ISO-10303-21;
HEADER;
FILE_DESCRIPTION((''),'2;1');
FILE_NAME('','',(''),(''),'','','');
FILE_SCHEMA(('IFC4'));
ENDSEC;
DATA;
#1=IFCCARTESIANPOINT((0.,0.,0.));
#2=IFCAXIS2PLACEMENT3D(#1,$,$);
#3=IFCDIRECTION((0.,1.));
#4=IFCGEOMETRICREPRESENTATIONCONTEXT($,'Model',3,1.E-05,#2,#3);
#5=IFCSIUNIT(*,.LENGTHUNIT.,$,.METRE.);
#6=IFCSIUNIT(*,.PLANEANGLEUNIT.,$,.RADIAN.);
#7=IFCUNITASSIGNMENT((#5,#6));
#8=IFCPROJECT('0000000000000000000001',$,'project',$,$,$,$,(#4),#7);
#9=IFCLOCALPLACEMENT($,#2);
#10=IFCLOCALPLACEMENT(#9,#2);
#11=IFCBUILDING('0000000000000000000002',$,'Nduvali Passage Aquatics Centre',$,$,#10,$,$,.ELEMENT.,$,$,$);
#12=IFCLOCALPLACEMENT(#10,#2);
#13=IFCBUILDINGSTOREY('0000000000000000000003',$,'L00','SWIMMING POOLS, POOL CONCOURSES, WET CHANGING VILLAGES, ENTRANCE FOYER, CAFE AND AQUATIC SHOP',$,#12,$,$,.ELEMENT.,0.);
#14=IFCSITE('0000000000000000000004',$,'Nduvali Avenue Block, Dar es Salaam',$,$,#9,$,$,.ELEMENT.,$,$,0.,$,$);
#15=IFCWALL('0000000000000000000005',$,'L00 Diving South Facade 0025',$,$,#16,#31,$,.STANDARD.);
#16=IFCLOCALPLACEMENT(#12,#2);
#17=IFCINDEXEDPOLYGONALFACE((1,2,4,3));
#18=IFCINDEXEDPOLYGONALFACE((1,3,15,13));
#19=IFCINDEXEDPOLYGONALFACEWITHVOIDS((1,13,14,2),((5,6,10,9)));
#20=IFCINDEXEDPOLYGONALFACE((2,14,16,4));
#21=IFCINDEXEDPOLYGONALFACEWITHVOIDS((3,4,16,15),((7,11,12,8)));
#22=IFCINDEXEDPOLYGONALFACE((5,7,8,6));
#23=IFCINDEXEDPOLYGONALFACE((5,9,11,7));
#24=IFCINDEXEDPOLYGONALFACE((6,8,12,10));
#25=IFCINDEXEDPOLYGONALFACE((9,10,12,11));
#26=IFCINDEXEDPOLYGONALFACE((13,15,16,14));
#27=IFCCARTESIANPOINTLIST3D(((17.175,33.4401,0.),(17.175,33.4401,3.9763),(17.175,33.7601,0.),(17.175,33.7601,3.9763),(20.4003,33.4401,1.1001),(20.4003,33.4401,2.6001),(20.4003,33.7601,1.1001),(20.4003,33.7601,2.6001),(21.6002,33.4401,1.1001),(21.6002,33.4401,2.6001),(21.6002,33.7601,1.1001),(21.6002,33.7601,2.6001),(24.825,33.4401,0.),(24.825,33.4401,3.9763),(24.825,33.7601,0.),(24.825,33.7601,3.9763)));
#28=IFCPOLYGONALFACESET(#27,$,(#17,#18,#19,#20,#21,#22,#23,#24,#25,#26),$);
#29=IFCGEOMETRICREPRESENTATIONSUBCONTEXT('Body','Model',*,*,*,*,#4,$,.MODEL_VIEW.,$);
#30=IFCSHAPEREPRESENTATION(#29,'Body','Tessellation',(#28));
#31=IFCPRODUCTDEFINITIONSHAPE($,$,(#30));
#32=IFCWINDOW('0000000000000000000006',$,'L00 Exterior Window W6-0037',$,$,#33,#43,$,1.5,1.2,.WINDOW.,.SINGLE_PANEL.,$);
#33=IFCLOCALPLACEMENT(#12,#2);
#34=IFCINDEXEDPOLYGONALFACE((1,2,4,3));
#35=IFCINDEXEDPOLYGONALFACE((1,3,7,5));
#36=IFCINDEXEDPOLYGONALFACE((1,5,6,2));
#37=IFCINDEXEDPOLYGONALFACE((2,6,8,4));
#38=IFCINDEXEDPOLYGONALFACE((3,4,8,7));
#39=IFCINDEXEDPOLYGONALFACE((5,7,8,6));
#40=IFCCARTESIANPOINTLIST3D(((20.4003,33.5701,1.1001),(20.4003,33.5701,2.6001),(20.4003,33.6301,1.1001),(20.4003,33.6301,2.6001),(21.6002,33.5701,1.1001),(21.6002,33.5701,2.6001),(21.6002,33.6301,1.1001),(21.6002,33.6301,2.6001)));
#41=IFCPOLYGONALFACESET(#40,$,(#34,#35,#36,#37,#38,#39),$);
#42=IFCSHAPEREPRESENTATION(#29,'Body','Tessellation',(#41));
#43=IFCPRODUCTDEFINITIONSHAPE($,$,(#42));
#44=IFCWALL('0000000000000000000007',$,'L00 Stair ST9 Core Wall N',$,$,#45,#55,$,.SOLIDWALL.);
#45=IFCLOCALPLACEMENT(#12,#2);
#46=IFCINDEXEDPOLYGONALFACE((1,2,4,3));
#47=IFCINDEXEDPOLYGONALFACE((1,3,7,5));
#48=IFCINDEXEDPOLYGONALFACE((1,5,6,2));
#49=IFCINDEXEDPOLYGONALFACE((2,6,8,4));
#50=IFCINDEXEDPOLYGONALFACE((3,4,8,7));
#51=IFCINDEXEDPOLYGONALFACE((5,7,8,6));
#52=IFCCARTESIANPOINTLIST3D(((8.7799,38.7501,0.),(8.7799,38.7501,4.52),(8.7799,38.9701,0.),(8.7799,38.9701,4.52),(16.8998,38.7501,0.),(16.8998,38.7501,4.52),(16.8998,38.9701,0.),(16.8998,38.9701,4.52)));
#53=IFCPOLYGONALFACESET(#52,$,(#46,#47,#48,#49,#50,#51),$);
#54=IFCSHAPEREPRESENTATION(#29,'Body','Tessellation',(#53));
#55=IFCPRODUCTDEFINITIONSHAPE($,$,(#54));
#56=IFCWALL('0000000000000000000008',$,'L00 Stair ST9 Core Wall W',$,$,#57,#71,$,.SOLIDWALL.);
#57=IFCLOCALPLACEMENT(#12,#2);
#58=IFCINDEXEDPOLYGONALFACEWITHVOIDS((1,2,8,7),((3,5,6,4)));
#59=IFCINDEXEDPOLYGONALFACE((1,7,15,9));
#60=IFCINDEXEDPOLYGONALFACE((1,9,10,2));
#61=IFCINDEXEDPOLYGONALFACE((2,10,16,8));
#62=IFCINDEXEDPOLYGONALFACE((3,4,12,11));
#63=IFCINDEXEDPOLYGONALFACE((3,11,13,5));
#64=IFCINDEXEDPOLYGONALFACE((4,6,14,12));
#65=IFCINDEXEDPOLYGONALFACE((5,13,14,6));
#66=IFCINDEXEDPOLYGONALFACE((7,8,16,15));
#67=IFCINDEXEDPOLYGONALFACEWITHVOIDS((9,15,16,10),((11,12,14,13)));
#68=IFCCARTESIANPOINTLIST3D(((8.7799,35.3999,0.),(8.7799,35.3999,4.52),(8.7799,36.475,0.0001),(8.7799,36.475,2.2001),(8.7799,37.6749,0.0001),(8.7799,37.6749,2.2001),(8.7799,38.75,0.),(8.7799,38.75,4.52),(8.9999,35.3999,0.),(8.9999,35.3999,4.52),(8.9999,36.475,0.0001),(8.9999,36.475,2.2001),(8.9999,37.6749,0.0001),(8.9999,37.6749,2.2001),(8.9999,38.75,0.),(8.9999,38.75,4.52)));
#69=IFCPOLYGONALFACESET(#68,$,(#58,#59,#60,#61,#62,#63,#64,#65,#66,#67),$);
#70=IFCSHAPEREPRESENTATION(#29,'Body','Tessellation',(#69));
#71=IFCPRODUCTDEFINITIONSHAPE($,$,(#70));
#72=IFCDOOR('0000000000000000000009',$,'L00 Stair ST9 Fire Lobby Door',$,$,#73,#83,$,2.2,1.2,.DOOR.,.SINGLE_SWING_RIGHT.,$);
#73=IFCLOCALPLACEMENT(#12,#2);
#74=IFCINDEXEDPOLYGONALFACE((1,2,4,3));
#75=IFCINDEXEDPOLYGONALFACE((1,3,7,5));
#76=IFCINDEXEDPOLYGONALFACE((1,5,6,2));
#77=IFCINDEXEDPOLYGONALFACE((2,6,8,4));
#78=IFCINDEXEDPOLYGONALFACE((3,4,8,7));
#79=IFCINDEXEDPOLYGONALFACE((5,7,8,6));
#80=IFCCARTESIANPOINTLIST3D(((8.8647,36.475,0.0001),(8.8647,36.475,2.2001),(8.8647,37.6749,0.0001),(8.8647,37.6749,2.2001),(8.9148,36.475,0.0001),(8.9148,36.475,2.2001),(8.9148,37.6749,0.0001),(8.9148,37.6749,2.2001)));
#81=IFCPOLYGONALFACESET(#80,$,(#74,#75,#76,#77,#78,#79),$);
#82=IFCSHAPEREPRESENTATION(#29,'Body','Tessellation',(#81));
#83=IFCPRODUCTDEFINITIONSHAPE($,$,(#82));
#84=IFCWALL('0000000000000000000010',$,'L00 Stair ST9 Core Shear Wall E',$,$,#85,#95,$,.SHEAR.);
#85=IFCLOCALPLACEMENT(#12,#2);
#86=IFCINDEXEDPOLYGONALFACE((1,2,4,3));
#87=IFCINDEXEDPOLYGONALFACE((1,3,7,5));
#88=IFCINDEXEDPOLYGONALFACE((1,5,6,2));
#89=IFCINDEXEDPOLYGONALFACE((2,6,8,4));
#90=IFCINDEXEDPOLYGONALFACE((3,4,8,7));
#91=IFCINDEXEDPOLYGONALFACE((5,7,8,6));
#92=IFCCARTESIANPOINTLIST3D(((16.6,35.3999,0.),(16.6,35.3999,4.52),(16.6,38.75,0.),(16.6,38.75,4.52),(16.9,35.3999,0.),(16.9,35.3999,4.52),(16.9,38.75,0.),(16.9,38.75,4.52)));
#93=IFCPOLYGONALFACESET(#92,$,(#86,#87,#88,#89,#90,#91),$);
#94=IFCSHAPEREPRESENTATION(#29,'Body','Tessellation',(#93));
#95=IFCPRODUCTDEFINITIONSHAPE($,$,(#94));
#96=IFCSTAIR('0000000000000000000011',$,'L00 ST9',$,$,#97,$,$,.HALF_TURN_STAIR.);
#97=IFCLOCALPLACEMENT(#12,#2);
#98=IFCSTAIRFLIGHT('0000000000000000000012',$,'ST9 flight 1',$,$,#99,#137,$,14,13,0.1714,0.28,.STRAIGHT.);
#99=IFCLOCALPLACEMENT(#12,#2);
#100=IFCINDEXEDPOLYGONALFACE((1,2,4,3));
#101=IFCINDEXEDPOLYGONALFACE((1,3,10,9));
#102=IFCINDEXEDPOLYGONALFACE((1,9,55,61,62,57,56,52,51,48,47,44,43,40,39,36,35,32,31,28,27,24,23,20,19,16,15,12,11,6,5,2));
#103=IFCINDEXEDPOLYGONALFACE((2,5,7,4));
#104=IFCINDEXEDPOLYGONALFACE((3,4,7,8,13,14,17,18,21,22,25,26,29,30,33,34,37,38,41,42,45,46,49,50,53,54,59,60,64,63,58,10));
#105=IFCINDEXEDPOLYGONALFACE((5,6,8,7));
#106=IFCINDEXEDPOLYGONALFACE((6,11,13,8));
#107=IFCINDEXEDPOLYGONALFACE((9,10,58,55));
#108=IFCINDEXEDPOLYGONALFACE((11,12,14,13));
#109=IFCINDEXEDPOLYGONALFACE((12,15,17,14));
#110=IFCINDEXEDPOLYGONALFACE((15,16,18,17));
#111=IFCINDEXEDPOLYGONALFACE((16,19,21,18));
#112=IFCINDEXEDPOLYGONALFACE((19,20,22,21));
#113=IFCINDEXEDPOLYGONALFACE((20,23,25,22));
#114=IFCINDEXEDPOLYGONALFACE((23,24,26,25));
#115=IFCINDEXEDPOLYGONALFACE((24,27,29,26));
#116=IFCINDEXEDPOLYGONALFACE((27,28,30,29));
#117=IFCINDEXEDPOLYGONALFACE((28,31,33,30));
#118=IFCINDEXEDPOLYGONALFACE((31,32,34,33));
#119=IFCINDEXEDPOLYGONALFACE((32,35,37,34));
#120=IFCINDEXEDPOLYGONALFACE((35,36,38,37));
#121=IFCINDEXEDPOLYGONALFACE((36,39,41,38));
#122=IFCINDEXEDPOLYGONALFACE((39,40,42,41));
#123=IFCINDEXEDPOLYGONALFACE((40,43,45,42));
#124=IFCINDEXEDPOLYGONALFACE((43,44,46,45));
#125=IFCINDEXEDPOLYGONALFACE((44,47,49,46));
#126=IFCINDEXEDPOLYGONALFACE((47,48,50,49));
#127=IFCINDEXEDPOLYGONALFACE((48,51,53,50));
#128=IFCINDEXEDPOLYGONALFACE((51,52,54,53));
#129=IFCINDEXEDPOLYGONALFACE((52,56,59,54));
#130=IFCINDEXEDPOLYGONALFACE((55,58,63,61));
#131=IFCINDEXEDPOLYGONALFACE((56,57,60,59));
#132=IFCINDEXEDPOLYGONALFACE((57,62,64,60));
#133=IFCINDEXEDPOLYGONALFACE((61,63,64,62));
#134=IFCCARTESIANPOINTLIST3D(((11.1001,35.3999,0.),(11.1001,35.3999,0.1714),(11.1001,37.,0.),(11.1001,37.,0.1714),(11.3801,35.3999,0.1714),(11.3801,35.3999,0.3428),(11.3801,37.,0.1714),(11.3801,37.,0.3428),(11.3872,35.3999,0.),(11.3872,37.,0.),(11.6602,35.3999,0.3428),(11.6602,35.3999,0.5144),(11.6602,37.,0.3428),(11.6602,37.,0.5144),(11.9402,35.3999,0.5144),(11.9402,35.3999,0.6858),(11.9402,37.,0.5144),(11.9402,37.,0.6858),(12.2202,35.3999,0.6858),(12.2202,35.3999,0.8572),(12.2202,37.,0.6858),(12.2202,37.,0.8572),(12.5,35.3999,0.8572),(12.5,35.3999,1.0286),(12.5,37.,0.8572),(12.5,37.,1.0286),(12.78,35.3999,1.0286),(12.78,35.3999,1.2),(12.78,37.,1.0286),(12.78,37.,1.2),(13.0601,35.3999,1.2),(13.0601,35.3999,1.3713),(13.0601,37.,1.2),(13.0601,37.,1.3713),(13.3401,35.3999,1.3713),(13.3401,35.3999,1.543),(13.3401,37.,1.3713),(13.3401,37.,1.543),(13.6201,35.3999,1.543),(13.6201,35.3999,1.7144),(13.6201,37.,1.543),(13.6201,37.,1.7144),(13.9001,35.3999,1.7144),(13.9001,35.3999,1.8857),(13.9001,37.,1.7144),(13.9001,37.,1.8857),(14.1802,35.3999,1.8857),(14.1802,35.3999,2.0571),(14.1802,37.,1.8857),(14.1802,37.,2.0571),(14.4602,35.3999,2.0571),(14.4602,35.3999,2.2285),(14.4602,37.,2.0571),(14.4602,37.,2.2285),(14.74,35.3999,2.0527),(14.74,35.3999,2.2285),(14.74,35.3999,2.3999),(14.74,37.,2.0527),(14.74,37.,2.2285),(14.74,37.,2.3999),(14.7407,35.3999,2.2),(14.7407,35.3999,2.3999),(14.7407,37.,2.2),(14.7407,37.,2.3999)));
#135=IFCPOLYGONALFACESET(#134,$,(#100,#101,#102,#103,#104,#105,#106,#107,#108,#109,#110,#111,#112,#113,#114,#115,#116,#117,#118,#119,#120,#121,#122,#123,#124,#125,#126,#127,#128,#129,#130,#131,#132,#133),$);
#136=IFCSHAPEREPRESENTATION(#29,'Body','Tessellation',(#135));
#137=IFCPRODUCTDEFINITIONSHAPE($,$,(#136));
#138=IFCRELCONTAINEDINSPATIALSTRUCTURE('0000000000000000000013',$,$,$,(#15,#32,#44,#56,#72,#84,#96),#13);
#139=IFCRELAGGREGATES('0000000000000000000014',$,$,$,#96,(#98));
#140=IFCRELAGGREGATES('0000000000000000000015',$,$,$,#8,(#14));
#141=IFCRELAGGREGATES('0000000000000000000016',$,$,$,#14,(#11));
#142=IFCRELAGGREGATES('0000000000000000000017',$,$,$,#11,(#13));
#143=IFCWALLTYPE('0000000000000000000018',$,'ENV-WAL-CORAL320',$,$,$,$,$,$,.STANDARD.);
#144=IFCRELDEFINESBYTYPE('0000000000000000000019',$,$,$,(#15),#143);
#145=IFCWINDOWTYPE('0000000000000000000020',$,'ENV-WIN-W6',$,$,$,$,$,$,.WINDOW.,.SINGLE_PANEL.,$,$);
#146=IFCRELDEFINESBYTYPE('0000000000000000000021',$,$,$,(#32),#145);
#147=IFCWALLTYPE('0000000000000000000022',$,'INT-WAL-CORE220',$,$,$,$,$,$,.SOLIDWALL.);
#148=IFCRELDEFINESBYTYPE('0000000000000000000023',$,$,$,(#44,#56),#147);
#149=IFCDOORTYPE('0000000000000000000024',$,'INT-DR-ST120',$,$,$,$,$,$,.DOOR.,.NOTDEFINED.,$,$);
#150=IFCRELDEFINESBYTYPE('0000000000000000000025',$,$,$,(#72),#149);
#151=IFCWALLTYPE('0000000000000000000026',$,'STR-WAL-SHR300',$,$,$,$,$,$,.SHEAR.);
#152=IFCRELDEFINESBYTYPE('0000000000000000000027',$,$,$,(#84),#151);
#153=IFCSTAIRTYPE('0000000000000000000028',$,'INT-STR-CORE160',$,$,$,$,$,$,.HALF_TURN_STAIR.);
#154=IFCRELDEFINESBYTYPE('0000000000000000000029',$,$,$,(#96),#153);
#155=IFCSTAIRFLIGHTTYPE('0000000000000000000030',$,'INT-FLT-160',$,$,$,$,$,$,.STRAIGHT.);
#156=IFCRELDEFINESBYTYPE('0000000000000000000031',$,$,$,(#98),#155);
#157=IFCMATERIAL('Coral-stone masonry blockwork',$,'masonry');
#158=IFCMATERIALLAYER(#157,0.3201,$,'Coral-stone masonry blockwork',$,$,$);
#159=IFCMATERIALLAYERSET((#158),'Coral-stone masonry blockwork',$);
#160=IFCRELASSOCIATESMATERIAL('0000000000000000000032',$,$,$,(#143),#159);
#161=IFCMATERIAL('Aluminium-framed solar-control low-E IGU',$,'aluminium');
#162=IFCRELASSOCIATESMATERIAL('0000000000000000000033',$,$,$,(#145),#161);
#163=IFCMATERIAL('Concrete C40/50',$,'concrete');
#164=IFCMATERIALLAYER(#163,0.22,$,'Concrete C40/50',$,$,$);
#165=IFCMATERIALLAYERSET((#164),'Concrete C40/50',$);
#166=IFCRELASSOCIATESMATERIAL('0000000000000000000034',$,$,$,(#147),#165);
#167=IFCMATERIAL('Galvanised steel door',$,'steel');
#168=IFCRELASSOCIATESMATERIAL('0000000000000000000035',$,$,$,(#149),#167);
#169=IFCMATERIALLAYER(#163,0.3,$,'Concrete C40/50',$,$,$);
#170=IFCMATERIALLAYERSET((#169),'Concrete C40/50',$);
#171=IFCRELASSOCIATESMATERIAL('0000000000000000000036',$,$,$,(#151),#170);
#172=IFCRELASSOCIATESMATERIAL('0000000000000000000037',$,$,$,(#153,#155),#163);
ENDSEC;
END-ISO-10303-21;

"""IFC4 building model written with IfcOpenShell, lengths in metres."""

from ifc_helpers import new_model, si_unit, direction, frame, frame_2d, origin, place, context, subcontext, project, spatial, polyline, rectangle, outline, extrude, material, layer, layer_set, type_object, element, fill, aggregate, save


model = new_model("IFC4")

# Units and contexts
model_context = context("Model", 3, precision=1e-05, world=origin(), true_north=direction((0.0, 1.0)))
body_context = subcontext(model_context, "Body", "Model", "MODEL_VIEW")
ifc_project = project(units=[si_unit("LENGTHUNIT", "METRE"), si_unit("PLANEANGLEUNIT", "RADIAN")], contexts=[model_context])

# Site, building, storey
site_placement = place(None, origin())
site = spatial("IfcSite", under=ifc_project, at=site_placement, Name="Nduvali Avenue Block, Dar es Salaam", CompositionType="ELEMENT", RefElevation=0.0)
building_placement = place(site_placement, origin())
building = spatial("IfcBuilding", under=site, at=building_placement, Name="Nduvali Passage Aquatics Centre", CompositionType="ELEMENT")
storey_placement = place(building_placement, origin())
storey = spatial("IfcBuildingStorey", under=building, at=storey_placement, Name="L00", Description="SWIMMING POOLS, POOL CONCOURSES, WET CHANGING VILLAGES, ENTRANCE FOYER, CAFE AND AQUATIC SHOP", CompositionType="ELEMENT", Elevation=0.0)

# Shared definitions
ifc_material_1 = material(Name="Concrete C40/50", Category="concrete")

# Shared definitions
ifc_material_2 = material(Name="Coral-stone masonry blockwork", Category="masonry")
ifc_layer_1 = layer(ifc_material_2, 0.3201, Name="Coral-stone masonry blockwork")
ifc_layer_set_1 = layer_set([ifc_layer_1], Name="Coral-stone masonry blockwork")
wall_type_1 = type_object("IfcWallType", Name="ENV-WAL-CORAL320", PredefinedType="STANDARD", material=ifc_layer_set_1)

# Wall, opening, window
wall_1_placement = place(storey_placement, frame((17.175, 33.6001, 0.0), z_axis=(0.0, 0.0, 1.0), x_axis=(1.0, 0.0, 0.0)))
wall_1 = element("IfcWall", 1, at=wall_1_placement, inside=storey, type_object=wall_type_1, Name="L00 Diving South Facade 0025", PredefinedType="STANDARD", context=body_context, shape_type="SweptSolid", body=[
    extrude(rectangle(XDim=7.6499, YDim=0.3201, at=frame_2d((3.825, 0.0))), origin(), (0.0, 0.0, 1.0), 3.9763),
])
opening_1_placement = place(wall_1_placement, frame((3.2251, 0.0, 1.1001)))
opening_1 = element("IfcOpeningElement", 2, at=opening_1_placement, cuts=wall_1, PredefinedType="OPENING", context=body_context, shape_type="SweptSolid", body=[
    extrude(rectangle(XDim=1.2, YDim=1.5, at=frame_2d((0.6001, 0.75))), frame((0.0, 0.1748, 0.0), z_axis=(0.0, -1.0, 0.0), x_axis=(1.0, 0.0, 0.0)), (0.0, 0.0, 1.0), 0.3499),
])
ifc_material_3 = material(Name="Aluminium-framed solar-control low-E IGU", Category="aluminium")
window_type = type_object("IfcWindowType", Name="ENV-WIN-W6", PartitioningType="SINGLE_PANEL", PredefinedType="WINDOW", material=ifc_material_3)
window_placement = place(opening_1_placement, origin())
window = element("IfcWindow", 3, at=window_placement, inside=storey, type_object=window_type, Name="L00 Exterior Window W6-0037", OverallHeight=1.5, OverallWidth=1.2, PartitioningType="SINGLE_PANEL", PredefinedType="WINDOW", context=body_context, shape_type="SweptSolid", body=[
    extrude(rectangle(XDim=1.2, YDim=1.5, at=frame_2d((0.6001, 0.75))), frame((0.0, 0.03, 0.0), z_axis=(0.0, -1.0, 0.0), x_axis=(1.0, 0.0, 0.0)), (0.0, 0.0, 1.0), 0.0601),
])
fill(opening_1, window)

# Wall
ifc_layer_2 = layer(ifc_material_1, 0.22, Name="Concrete C40/50")
ifc_layer_set_2 = layer_set([ifc_layer_2], Name="Concrete C40/50")
wall_type_2 = type_object("IfcWallType", Name="INT-WAL-CORE220", PredefinedType="SOLIDWALL", material=ifc_layer_set_2)
for number, where, z_axis, x_axis, name in (
    (4, (16.8999, 38.8601, 0.0), (0.0, 0.0, 1.0), (-1.0, 0.0, 0.0), "L00 Stair ST9 Core Wall N"),
):
    element("IfcWall", number, at=place(storey_placement, frame(where, z_axis=z_axis, x_axis=x_axis)), inside=storey, type_object=wall_type_2, Name=name, PredefinedType="SOLIDWALL", context=body_context, shape_type="SweptSolid", body=[
        extrude(rectangle(XDim=8.1199, YDim=0.22, at=frame_2d((4.0601, 0.0))), origin(), (0.0, 0.0, 1.0), 4.52),
    ])

# Wall, opening, door
wall_2_placement = place(storey_placement, frame((8.8899, 38.75, 0.0), z_axis=(0.0, 0.0, 1.0), x_axis=(0.0, -1.0, 0.0)))
wall_2 = element("IfcWall", 5, at=wall_2_placement, inside=storey, type_object=wall_type_2, Name="L00 Stair ST9 Core Wall W", PredefinedType="SOLIDWALL", context=body_context, shape_type="SweptSolid", body=[
    extrude(rectangle(XDim=3.3501, YDim=0.22, at=frame_2d((1.675, 0.0))), origin(), (0.0, 0.0, 1.0), 4.52),
])
opening_2_placement = place(wall_2_placement, frame((1.075, 0.0, 0.0)))
opening_2 = element("IfcOpeningElement", 6, at=opening_2_placement, cuts=wall_2, PredefinedType="OPENING", context=body_context, shape_type="SweptSolid", body=[
    extrude(rectangle(XDim=1.2, YDim=2.2, at=frame_2d((0.6001, 1.1001))), frame((0.0, 0.125, 0.0), z_axis=(0.0, -1.0, 0.0), x_axis=(1.0, 0.0, 0.0)), (0.0, 0.0, 1.0), 0.2498),
])
ifc_material_4 = material(Name="Galvanised steel door", Category="steel")
door_type_1 = type_object("IfcDoorType", Name="INT-DR-ST120", OperationType="NOTDEFINED", PredefinedType="DOOR", material=ifc_material_4)
door_1_placement = place(opening_2_placement, origin())
door_1 = element("IfcDoor", 7, at=door_1_placement, inside=storey, type_object=door_type_1, Name="L00 Stair ST9 Fire Lobby Door", OperationType="SINGLE_SWING_RIGHT", OverallHeight=2.2, OverallWidth=1.2, PredefinedType="DOOR", context=body_context, shape_type="SweptSolid", body=[
    extrude(rectangle(XDim=1.2, YDim=2.2, at=frame_2d((0.6001, 1.1001))), frame((0.0, 0.0249, 0.0), z_axis=(0.0, -1.0, 0.0), x_axis=(1.0, 0.0, 0.0)), (0.0, 0.0, 1.0), 0.05),
])
fill(opening_2, door_1)

# Wall
ifc_layer_3 = layer(ifc_material_1, 0.3, Name="Concrete C40/50")
ifc_layer_set_3 = layer_set([ifc_layer_3], Name="Concrete C40/50")
wall_type_3 = type_object("IfcWallType", Name="STR-WAL-SHR300", PredefinedType="SHEAR", material=ifc_layer_set_3)
wall_3_placement = place(storey_placement, frame((16.75, 35.3999, 0.0), z_axis=(0.0, 0.0, 1.0), x_axis=(0.0, 1.0, 0.0)))
element("IfcWall", 8, at=wall_3_placement, inside=storey, type_object=wall_type_3, Name="L00 Stair ST9 Core Shear Wall E", PredefinedType="SHEAR", context=body_context, shape_type="SweptSolid", body=[
    extrude(rectangle(XDim=3.3501, YDim=0.3, at=frame_2d((1.675, 0.0))), origin(), (0.0, 0.0, 1.0), 4.52),
])

# Stair, stair flight
stair_type = type_object("IfcStairType", Name="INT-STR-CORE160", PredefinedType="HALF_TURN_STAIR", material=ifc_material_1)
stair_placement = place(storey_placement, origin())
stair = element("IfcStair", 9, at=stair_placement, inside=storey, type_object=stair_type, Name="L00 ST9", PredefinedType="HALF_TURN_STAIR")
stair_flight_type = type_object("IfcStairFlightType", Name="INT-FLT-160", PredefinedType="STRAIGHT", material=ifc_material_1)
stair_flight_1_placement = place(storey_placement, frame((11.1001, 36.2, 0.0), z_axis=(0.0, 0.0, 1.0), x_axis=(1.0, 0.0, 0.0)))
stair_flight_1 = element("IfcStairFlight", 10, at=stair_flight_1_placement, type_object=stair_flight_type, Name="ST9 flight 1", NumberOfRisers=14, NumberOfTreads=13, PredefinedType="STRAIGHT", RiserHeight=0.1714, TreadLength=0.28, context=body_context, shape_type="SweptSolid", body=[
    extrude(outline(polyline([(0.0, 0.0), (0.0, 0.1714), (0.28, 0.1714), (0.28, 0.3428), (0.5601, 0.3428), (0.5601, 0.5144), (0.8401, 0.5144), (0.8401, 0.6858), (1.1201, 0.6858), (1.1201, 0.8572), (1.3999, 0.8572), (1.3999, 1.0286), (1.6799, 1.0286), (1.6799, 1.2), (1.96, 1.2), (1.96, 1.3713), (2.24, 1.3713), (2.24, 1.543), (2.52, 1.543), (2.52, 1.7144), (2.8, 1.7144), (2.8, 1.8857), (3.0801, 1.8857), (3.0801, 2.0571), (3.3601, 2.0571), (3.3601, 2.2285), (3.6399, 2.2285), (3.6399, 2.3999), (3.6406, 2.3999), (3.6406, 2.2), (3.6399, 2.0527), (0.2871, 0.0), (0.0, 0.0)])), frame((0.0, 0.8, 0.0), z_axis=(0.0, -1.0, 0.0), x_axis=(1.0, 0.0, 0.0)), (0.0, 0.0, 1.0), 1.6001),
])
aggregate(stair, [stair_flight_1])

save(model, "model.ifc")
